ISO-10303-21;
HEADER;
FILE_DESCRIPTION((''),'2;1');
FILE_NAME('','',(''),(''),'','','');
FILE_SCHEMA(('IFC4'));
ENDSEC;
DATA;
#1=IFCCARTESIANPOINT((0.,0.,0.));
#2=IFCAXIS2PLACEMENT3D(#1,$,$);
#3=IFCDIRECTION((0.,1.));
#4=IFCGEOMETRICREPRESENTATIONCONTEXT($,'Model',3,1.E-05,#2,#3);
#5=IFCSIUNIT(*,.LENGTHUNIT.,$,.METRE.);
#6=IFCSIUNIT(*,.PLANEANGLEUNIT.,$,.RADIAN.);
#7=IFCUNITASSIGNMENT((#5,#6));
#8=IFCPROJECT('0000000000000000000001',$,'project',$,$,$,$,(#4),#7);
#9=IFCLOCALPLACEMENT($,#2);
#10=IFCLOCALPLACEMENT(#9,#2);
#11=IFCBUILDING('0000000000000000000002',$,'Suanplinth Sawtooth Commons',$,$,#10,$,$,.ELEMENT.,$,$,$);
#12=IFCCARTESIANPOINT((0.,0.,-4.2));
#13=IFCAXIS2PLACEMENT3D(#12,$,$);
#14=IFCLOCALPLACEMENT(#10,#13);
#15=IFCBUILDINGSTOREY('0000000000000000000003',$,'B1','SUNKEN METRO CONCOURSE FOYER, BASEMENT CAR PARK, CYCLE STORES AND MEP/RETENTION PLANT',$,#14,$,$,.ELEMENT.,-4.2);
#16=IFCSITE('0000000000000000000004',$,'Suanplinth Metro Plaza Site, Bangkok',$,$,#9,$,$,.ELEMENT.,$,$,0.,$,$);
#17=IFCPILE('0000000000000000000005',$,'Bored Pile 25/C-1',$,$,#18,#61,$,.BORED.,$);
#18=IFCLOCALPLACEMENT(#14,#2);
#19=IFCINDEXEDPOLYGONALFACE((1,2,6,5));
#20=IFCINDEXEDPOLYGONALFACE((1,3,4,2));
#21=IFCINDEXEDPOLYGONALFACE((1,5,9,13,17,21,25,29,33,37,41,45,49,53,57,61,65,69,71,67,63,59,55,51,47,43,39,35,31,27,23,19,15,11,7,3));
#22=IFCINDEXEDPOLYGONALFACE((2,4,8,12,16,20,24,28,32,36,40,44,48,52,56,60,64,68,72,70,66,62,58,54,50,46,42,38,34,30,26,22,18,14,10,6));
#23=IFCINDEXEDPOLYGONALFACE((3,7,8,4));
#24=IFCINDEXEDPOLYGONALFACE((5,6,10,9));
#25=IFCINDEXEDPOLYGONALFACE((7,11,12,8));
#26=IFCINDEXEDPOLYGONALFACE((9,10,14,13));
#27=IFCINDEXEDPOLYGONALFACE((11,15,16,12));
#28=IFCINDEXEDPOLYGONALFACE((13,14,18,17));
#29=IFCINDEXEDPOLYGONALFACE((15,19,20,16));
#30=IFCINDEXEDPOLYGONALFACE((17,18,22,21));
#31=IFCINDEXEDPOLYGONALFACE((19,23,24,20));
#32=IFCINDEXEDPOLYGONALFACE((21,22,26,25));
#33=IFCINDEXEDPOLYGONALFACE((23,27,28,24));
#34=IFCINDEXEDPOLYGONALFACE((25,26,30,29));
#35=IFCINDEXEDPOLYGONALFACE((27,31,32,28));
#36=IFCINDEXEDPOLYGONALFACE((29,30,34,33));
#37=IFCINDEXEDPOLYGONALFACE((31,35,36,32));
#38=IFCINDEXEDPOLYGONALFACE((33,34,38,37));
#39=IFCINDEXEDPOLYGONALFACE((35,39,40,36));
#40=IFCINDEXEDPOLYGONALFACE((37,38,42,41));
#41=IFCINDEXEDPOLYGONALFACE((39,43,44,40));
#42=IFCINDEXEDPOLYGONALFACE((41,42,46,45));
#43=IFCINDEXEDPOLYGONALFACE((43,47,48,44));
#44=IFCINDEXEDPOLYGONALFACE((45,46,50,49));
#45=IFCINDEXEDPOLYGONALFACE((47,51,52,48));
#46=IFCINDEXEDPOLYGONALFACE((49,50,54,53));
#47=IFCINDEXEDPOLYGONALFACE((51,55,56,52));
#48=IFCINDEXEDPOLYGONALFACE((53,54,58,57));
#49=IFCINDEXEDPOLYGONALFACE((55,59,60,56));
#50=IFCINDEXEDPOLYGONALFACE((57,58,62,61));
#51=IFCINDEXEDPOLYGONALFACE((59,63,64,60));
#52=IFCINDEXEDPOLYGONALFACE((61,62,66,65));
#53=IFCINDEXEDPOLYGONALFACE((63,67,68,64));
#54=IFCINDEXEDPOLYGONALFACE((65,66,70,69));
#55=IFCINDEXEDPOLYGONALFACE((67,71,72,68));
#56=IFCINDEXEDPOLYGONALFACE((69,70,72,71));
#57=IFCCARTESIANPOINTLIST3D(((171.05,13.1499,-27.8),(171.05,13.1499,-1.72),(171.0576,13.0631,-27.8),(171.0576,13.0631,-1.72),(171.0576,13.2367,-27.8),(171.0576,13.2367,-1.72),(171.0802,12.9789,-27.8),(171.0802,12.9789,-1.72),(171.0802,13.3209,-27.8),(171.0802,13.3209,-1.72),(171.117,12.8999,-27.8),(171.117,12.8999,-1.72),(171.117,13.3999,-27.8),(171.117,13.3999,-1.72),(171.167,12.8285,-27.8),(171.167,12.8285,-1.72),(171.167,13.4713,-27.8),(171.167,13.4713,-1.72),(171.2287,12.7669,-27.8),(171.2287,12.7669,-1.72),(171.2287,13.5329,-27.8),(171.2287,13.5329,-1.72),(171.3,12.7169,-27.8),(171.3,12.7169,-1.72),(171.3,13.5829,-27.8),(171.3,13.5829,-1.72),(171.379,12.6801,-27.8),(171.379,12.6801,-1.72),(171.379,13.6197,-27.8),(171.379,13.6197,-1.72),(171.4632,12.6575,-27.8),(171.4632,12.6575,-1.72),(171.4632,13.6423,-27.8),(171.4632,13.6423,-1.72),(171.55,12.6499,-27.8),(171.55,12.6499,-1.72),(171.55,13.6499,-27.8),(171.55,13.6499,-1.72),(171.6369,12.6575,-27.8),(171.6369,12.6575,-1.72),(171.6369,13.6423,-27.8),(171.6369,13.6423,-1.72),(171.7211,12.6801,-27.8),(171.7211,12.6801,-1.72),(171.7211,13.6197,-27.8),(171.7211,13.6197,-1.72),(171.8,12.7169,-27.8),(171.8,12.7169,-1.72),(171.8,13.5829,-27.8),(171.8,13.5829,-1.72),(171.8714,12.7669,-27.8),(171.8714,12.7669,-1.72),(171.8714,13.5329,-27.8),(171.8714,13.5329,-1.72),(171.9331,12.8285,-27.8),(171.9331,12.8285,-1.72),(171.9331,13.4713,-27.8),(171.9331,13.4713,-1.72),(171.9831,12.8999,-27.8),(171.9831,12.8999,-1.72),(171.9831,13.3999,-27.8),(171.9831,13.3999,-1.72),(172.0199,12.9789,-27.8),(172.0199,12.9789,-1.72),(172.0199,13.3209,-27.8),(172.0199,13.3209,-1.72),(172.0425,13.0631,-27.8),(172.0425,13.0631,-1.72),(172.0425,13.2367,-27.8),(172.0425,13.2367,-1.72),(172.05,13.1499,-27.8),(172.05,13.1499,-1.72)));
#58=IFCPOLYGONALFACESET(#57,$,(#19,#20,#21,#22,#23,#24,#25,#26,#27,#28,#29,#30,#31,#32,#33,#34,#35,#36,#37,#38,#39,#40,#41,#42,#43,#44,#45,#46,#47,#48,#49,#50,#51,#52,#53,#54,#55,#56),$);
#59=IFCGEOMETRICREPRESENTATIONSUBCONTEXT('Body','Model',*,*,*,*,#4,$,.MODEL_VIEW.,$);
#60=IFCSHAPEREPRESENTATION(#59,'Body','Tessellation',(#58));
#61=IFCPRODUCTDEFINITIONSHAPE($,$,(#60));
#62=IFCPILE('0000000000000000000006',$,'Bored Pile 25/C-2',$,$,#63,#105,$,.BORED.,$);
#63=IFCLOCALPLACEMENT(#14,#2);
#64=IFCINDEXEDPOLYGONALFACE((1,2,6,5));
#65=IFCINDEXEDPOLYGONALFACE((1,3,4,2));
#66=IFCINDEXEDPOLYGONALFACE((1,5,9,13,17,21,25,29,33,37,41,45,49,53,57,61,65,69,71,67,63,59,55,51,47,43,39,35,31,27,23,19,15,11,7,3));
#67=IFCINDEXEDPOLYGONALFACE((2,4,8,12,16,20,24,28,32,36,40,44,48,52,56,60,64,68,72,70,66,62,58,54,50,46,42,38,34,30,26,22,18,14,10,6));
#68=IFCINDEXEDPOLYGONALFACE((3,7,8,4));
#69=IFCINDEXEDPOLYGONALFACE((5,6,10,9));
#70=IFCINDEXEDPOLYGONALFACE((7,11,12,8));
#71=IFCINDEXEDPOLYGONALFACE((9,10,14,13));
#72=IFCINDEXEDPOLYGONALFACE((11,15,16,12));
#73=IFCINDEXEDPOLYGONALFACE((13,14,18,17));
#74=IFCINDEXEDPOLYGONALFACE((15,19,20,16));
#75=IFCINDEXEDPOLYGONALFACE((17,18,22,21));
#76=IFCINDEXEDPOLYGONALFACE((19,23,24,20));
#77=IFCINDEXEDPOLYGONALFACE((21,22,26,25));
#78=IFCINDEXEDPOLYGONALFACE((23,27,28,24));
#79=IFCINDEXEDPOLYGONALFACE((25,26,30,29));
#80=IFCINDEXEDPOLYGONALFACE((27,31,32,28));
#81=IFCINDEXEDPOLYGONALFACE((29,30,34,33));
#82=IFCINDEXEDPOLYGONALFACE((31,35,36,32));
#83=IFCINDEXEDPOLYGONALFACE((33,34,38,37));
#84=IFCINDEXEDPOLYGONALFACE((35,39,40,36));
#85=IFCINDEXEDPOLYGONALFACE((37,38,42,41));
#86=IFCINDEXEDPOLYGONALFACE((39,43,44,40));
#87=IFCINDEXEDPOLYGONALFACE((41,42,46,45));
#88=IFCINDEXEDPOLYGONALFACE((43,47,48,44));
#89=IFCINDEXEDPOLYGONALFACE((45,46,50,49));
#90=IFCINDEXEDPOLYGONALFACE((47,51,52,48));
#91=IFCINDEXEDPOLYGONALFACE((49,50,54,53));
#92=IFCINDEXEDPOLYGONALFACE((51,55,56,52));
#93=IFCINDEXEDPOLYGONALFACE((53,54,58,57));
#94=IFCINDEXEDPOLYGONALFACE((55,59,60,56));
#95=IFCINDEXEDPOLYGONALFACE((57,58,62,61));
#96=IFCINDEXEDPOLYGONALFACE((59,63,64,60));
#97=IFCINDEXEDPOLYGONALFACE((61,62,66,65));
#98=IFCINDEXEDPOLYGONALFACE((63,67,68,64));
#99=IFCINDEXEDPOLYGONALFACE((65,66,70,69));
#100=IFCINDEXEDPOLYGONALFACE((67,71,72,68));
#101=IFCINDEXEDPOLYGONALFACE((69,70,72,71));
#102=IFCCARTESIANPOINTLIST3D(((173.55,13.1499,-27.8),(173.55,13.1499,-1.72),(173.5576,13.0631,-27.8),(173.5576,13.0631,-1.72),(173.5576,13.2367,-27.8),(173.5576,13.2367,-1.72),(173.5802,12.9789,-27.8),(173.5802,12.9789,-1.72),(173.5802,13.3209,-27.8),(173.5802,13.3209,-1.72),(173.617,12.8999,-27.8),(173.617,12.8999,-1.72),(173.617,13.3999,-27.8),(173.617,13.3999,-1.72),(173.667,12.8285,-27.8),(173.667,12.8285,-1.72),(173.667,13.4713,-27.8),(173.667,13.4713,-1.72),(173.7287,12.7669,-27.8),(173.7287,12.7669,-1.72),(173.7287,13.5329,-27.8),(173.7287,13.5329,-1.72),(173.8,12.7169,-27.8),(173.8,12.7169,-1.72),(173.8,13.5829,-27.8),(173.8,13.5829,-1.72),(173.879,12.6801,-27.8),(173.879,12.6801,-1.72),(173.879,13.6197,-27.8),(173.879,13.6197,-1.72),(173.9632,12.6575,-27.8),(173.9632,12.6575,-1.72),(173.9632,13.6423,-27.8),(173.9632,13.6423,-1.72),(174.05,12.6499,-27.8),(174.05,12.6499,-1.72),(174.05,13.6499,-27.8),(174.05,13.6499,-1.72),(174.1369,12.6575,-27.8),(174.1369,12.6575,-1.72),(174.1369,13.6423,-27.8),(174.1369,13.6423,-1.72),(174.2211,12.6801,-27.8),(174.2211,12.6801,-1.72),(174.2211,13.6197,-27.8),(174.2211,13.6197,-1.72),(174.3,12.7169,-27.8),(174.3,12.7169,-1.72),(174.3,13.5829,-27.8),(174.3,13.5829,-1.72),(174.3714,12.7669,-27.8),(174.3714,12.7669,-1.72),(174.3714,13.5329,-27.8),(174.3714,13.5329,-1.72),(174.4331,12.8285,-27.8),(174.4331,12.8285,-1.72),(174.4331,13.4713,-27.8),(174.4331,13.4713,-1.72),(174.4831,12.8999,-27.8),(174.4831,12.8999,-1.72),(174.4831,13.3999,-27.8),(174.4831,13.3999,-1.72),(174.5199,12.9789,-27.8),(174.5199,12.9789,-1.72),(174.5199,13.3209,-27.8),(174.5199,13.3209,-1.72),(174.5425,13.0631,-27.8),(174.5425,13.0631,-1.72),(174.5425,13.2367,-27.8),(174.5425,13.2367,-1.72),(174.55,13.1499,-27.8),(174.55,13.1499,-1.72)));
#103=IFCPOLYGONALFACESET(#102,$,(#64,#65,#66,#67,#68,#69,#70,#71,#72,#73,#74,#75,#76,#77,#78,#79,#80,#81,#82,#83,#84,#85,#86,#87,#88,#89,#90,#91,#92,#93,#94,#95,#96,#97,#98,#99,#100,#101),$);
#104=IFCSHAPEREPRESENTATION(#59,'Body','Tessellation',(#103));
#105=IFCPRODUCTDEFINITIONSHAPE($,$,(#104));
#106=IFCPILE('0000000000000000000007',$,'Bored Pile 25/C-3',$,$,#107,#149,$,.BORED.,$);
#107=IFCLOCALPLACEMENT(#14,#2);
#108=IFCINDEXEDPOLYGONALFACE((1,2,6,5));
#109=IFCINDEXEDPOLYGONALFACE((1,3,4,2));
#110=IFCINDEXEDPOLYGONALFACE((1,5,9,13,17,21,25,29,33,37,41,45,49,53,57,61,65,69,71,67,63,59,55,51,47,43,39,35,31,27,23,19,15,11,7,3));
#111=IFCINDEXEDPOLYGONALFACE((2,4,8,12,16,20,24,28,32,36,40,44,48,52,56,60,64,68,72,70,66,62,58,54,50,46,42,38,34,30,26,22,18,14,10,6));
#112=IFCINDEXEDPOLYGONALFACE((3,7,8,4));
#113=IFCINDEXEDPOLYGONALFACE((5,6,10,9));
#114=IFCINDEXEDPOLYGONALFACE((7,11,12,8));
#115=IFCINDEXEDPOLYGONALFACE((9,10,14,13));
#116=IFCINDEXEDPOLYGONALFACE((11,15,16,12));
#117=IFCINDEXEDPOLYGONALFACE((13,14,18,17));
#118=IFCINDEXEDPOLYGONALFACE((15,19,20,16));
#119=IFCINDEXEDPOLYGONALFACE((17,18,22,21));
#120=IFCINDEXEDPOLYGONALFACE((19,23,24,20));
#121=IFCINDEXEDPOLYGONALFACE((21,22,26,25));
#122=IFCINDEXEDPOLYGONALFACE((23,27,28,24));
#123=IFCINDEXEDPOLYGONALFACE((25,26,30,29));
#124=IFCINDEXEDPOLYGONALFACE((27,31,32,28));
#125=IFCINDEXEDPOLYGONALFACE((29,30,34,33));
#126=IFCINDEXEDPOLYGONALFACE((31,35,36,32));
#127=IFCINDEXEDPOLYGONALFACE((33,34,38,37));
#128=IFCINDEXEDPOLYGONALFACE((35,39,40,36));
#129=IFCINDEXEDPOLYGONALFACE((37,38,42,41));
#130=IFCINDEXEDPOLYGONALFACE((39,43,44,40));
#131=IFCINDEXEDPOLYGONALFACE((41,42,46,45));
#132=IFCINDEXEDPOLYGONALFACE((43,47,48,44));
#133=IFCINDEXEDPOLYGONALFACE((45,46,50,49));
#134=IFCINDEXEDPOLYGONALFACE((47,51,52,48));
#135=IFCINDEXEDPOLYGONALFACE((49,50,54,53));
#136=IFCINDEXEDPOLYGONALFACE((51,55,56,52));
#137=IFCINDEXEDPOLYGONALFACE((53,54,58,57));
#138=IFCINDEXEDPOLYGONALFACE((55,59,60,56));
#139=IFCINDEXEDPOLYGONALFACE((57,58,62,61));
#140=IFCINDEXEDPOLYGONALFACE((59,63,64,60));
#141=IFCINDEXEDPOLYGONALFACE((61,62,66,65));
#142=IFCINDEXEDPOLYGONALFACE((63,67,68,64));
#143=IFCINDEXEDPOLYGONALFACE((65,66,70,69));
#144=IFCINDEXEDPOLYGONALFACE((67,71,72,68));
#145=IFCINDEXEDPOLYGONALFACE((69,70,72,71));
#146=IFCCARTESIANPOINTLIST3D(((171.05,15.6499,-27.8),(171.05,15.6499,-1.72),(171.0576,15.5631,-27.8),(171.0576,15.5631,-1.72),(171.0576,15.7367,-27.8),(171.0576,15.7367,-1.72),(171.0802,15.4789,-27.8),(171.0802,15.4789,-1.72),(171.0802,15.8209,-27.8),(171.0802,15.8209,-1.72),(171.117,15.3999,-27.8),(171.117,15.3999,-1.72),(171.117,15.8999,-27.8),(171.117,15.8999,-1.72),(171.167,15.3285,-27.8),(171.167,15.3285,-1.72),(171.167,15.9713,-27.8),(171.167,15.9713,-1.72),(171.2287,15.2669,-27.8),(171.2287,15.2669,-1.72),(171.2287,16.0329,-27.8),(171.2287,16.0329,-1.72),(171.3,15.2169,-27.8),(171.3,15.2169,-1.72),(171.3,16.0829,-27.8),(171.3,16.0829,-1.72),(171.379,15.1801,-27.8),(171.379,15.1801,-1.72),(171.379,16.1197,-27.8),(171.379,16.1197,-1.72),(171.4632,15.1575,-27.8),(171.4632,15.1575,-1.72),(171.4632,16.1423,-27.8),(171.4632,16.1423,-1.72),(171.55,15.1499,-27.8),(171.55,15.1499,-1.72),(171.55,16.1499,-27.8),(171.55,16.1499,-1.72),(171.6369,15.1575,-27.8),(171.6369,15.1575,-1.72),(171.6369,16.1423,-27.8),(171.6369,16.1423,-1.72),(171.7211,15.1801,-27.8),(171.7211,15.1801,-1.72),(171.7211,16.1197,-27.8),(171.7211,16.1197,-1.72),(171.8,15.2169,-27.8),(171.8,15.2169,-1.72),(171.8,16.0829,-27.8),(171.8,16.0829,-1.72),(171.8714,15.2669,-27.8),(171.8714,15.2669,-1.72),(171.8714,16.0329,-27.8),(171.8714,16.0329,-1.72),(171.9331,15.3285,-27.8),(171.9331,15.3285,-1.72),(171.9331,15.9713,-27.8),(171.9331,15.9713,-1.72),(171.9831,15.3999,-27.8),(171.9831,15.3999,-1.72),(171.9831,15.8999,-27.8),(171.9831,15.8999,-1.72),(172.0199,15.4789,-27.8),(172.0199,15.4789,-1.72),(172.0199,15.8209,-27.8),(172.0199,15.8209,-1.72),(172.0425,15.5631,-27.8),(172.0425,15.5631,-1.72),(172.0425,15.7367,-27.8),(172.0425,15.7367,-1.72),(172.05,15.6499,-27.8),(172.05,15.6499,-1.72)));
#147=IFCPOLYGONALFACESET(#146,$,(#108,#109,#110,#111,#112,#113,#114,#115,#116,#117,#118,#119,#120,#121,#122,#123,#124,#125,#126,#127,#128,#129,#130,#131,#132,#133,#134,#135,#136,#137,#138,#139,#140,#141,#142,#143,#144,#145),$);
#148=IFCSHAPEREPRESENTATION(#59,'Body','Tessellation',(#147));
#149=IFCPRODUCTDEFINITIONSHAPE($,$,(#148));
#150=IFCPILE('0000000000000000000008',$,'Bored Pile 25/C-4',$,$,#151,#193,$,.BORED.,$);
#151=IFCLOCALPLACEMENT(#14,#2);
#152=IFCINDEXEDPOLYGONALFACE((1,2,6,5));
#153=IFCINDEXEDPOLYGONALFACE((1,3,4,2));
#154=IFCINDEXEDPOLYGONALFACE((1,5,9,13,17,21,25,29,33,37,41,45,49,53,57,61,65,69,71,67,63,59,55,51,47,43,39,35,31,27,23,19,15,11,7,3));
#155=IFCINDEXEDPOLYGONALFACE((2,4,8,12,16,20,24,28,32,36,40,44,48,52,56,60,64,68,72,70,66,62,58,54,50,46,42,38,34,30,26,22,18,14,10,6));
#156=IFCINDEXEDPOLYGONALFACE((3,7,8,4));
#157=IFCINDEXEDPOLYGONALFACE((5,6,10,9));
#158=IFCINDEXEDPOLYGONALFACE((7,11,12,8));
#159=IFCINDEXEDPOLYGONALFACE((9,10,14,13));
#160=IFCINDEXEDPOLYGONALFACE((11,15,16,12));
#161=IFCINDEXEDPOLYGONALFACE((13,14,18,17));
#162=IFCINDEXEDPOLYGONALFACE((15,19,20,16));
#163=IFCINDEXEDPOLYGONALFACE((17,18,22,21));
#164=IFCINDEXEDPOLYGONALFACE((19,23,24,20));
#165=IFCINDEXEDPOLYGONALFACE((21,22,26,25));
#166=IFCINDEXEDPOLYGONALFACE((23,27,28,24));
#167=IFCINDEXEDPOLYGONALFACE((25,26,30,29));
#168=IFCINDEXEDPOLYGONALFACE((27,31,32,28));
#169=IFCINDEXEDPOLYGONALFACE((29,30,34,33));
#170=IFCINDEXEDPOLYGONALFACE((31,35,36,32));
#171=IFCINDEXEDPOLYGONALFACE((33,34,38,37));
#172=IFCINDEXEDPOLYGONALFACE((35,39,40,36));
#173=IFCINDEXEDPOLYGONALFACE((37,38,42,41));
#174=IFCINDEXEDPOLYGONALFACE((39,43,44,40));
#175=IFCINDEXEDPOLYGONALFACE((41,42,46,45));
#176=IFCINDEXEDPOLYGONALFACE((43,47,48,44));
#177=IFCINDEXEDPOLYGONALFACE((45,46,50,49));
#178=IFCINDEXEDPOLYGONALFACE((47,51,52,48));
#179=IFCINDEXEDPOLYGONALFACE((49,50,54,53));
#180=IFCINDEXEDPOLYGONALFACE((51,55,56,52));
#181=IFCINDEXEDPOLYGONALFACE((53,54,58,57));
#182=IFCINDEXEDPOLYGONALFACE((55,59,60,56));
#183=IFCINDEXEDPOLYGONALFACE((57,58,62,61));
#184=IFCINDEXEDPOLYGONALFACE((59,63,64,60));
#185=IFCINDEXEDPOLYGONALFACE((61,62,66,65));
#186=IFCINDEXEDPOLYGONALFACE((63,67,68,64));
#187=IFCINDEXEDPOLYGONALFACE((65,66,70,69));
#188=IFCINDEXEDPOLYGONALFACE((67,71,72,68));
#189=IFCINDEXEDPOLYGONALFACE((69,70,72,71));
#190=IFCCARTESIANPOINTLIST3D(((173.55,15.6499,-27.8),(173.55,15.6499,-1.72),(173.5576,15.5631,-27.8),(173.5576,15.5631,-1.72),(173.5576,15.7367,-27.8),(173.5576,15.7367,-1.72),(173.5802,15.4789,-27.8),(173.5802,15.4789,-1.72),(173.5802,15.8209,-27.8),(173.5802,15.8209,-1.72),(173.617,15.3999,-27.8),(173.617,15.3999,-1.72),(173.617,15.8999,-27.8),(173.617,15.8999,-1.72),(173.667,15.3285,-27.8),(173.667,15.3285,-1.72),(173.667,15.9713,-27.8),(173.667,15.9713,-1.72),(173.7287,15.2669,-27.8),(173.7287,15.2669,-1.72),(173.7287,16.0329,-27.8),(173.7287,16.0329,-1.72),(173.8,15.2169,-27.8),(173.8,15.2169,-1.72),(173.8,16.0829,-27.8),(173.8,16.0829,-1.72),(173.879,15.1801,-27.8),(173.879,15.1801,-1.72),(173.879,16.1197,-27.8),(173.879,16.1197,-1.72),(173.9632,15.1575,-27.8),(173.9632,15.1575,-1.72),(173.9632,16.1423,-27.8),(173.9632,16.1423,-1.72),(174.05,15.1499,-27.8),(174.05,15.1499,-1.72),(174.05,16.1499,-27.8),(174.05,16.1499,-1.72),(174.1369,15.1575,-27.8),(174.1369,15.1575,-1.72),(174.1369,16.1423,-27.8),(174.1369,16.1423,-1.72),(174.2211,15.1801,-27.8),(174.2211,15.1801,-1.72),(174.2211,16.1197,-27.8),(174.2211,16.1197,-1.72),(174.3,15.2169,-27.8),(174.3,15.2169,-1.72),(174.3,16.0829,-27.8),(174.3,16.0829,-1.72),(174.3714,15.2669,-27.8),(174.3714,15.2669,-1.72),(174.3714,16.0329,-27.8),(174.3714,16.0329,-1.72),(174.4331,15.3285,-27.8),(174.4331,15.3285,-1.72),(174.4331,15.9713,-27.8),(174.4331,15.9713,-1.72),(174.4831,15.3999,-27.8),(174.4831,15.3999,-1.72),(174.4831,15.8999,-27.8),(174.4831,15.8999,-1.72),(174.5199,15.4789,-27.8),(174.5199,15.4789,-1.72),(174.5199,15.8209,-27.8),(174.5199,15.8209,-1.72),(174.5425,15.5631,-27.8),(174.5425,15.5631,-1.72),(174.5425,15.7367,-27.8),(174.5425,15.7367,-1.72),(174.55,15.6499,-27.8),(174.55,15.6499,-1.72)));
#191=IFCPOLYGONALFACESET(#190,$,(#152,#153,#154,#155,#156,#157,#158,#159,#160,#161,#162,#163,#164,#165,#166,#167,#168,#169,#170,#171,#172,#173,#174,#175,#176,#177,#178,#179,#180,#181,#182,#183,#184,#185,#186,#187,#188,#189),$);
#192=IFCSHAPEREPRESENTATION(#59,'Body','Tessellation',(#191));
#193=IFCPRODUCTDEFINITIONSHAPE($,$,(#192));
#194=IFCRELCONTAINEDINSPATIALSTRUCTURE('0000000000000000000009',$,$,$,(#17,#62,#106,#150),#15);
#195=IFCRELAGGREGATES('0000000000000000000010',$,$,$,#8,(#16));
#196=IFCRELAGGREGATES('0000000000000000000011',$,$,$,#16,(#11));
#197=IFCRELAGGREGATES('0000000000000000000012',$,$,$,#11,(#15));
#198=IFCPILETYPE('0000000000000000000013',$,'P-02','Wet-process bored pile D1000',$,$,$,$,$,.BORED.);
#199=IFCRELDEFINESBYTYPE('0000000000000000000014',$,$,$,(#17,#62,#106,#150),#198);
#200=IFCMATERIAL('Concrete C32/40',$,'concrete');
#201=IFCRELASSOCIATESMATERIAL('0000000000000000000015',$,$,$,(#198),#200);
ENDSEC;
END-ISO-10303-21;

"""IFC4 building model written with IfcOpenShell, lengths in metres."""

from ifc_helpers import new_model, si_unit, direction, frame, origin, origin_2d, place, context, subcontext, project, spatial, circle, extrude, material, material_profile, profile_set, type_object, element, save


model = new_model("IFC4")

# Units and contexts
model_context = context("Model", 3, precision=1e-05, world=origin(), true_north=direction((0.0, 1.0)))
body_context = subcontext(model_context, "Body", "Model", "MODEL_VIEW")
ifc_project = project(units=[si_unit("LENGTHUNIT", "METRE"), si_unit("PLANEANGLEUNIT", "RADIAN")], contexts=[model_context])

# Site, building, storey
site_placement = place(None, origin())
site = spatial("IfcSite", under=ifc_project, at=site_placement, Name="Suanplinth Metro Plaza Site, Bangkok", CompositionType="ELEMENT", RefElevation=0.0)
building_placement = place(site_placement, origin())
building = spatial("IfcBuilding", under=site, at=building_placement, Name="Suanplinth Sawtooth Commons", CompositionType="ELEMENT")
storey_placement = place(building_placement, frame((0.0, 0.0, -4.2)))
storey = spatial("IfcBuildingStorey", under=building, at=storey_placement, Name="B1", Description="SUNKEN METRO CONCOURSE FOYER, BASEMENT CAR PARK, CYCLE STORES AND MEP/RETENTION PLANT", CompositionType="ELEMENT", Elevation=-4.2)

# Piles
ifc_material_1 = material(Name="Concrete C32/40", Category="concrete")
ifc_material_profile_1 = material_profile(ifc_material_1, circle(Radius=0.5, at=origin_2d()), Name="PILE D1000")
ifc_profile_set_1 = profile_set([ifc_material_profile_1], Name="Concrete C32/40")
pile_type = type_object("IfcPileType", Name="P-02", Description="Wet-process bored pile D1000", PredefinedType="BORED", material=ifc_profile_set_1)
for number, where, z_axis, x_axis, name in (
    (1, (171.55, 13.1499, -1.72), (0.0, 0.0, -1.0), (1.0, 0.0, 0.0), "Bored Pile 25/C-1"),
    (2, (174.05, 13.1499, -1.72), (0.0, 0.0, -1.0), (1.0, 0.0, 0.0), "Bored Pile 25/C-2"),
    (3, (171.55, 15.6499, -1.72), (0.0, 0.0, -1.0), (1.0, 0.0, 0.0), "Bored Pile 25/C-3"),
    (4, (174.05, 15.6499, -1.72), (0.0, 0.0, -1.0), (1.0, 0.0, 0.0), "Bored Pile 25/C-4"),
):
    element("IfcPile", number, at=place(storey_placement, frame(where, z_axis=z_axis, x_axis=x_axis)), inside=storey, type_object=pile_type, Name=name, PredefinedType="BORED", context=body_context, shape_type="SweptSolid", body=[
        extrude(circle(Radius=0.5, at=origin_2d()), origin(), (0.0, 0.0, 1.0), 26.0801),
    ])

save(model, "model.ifc")
